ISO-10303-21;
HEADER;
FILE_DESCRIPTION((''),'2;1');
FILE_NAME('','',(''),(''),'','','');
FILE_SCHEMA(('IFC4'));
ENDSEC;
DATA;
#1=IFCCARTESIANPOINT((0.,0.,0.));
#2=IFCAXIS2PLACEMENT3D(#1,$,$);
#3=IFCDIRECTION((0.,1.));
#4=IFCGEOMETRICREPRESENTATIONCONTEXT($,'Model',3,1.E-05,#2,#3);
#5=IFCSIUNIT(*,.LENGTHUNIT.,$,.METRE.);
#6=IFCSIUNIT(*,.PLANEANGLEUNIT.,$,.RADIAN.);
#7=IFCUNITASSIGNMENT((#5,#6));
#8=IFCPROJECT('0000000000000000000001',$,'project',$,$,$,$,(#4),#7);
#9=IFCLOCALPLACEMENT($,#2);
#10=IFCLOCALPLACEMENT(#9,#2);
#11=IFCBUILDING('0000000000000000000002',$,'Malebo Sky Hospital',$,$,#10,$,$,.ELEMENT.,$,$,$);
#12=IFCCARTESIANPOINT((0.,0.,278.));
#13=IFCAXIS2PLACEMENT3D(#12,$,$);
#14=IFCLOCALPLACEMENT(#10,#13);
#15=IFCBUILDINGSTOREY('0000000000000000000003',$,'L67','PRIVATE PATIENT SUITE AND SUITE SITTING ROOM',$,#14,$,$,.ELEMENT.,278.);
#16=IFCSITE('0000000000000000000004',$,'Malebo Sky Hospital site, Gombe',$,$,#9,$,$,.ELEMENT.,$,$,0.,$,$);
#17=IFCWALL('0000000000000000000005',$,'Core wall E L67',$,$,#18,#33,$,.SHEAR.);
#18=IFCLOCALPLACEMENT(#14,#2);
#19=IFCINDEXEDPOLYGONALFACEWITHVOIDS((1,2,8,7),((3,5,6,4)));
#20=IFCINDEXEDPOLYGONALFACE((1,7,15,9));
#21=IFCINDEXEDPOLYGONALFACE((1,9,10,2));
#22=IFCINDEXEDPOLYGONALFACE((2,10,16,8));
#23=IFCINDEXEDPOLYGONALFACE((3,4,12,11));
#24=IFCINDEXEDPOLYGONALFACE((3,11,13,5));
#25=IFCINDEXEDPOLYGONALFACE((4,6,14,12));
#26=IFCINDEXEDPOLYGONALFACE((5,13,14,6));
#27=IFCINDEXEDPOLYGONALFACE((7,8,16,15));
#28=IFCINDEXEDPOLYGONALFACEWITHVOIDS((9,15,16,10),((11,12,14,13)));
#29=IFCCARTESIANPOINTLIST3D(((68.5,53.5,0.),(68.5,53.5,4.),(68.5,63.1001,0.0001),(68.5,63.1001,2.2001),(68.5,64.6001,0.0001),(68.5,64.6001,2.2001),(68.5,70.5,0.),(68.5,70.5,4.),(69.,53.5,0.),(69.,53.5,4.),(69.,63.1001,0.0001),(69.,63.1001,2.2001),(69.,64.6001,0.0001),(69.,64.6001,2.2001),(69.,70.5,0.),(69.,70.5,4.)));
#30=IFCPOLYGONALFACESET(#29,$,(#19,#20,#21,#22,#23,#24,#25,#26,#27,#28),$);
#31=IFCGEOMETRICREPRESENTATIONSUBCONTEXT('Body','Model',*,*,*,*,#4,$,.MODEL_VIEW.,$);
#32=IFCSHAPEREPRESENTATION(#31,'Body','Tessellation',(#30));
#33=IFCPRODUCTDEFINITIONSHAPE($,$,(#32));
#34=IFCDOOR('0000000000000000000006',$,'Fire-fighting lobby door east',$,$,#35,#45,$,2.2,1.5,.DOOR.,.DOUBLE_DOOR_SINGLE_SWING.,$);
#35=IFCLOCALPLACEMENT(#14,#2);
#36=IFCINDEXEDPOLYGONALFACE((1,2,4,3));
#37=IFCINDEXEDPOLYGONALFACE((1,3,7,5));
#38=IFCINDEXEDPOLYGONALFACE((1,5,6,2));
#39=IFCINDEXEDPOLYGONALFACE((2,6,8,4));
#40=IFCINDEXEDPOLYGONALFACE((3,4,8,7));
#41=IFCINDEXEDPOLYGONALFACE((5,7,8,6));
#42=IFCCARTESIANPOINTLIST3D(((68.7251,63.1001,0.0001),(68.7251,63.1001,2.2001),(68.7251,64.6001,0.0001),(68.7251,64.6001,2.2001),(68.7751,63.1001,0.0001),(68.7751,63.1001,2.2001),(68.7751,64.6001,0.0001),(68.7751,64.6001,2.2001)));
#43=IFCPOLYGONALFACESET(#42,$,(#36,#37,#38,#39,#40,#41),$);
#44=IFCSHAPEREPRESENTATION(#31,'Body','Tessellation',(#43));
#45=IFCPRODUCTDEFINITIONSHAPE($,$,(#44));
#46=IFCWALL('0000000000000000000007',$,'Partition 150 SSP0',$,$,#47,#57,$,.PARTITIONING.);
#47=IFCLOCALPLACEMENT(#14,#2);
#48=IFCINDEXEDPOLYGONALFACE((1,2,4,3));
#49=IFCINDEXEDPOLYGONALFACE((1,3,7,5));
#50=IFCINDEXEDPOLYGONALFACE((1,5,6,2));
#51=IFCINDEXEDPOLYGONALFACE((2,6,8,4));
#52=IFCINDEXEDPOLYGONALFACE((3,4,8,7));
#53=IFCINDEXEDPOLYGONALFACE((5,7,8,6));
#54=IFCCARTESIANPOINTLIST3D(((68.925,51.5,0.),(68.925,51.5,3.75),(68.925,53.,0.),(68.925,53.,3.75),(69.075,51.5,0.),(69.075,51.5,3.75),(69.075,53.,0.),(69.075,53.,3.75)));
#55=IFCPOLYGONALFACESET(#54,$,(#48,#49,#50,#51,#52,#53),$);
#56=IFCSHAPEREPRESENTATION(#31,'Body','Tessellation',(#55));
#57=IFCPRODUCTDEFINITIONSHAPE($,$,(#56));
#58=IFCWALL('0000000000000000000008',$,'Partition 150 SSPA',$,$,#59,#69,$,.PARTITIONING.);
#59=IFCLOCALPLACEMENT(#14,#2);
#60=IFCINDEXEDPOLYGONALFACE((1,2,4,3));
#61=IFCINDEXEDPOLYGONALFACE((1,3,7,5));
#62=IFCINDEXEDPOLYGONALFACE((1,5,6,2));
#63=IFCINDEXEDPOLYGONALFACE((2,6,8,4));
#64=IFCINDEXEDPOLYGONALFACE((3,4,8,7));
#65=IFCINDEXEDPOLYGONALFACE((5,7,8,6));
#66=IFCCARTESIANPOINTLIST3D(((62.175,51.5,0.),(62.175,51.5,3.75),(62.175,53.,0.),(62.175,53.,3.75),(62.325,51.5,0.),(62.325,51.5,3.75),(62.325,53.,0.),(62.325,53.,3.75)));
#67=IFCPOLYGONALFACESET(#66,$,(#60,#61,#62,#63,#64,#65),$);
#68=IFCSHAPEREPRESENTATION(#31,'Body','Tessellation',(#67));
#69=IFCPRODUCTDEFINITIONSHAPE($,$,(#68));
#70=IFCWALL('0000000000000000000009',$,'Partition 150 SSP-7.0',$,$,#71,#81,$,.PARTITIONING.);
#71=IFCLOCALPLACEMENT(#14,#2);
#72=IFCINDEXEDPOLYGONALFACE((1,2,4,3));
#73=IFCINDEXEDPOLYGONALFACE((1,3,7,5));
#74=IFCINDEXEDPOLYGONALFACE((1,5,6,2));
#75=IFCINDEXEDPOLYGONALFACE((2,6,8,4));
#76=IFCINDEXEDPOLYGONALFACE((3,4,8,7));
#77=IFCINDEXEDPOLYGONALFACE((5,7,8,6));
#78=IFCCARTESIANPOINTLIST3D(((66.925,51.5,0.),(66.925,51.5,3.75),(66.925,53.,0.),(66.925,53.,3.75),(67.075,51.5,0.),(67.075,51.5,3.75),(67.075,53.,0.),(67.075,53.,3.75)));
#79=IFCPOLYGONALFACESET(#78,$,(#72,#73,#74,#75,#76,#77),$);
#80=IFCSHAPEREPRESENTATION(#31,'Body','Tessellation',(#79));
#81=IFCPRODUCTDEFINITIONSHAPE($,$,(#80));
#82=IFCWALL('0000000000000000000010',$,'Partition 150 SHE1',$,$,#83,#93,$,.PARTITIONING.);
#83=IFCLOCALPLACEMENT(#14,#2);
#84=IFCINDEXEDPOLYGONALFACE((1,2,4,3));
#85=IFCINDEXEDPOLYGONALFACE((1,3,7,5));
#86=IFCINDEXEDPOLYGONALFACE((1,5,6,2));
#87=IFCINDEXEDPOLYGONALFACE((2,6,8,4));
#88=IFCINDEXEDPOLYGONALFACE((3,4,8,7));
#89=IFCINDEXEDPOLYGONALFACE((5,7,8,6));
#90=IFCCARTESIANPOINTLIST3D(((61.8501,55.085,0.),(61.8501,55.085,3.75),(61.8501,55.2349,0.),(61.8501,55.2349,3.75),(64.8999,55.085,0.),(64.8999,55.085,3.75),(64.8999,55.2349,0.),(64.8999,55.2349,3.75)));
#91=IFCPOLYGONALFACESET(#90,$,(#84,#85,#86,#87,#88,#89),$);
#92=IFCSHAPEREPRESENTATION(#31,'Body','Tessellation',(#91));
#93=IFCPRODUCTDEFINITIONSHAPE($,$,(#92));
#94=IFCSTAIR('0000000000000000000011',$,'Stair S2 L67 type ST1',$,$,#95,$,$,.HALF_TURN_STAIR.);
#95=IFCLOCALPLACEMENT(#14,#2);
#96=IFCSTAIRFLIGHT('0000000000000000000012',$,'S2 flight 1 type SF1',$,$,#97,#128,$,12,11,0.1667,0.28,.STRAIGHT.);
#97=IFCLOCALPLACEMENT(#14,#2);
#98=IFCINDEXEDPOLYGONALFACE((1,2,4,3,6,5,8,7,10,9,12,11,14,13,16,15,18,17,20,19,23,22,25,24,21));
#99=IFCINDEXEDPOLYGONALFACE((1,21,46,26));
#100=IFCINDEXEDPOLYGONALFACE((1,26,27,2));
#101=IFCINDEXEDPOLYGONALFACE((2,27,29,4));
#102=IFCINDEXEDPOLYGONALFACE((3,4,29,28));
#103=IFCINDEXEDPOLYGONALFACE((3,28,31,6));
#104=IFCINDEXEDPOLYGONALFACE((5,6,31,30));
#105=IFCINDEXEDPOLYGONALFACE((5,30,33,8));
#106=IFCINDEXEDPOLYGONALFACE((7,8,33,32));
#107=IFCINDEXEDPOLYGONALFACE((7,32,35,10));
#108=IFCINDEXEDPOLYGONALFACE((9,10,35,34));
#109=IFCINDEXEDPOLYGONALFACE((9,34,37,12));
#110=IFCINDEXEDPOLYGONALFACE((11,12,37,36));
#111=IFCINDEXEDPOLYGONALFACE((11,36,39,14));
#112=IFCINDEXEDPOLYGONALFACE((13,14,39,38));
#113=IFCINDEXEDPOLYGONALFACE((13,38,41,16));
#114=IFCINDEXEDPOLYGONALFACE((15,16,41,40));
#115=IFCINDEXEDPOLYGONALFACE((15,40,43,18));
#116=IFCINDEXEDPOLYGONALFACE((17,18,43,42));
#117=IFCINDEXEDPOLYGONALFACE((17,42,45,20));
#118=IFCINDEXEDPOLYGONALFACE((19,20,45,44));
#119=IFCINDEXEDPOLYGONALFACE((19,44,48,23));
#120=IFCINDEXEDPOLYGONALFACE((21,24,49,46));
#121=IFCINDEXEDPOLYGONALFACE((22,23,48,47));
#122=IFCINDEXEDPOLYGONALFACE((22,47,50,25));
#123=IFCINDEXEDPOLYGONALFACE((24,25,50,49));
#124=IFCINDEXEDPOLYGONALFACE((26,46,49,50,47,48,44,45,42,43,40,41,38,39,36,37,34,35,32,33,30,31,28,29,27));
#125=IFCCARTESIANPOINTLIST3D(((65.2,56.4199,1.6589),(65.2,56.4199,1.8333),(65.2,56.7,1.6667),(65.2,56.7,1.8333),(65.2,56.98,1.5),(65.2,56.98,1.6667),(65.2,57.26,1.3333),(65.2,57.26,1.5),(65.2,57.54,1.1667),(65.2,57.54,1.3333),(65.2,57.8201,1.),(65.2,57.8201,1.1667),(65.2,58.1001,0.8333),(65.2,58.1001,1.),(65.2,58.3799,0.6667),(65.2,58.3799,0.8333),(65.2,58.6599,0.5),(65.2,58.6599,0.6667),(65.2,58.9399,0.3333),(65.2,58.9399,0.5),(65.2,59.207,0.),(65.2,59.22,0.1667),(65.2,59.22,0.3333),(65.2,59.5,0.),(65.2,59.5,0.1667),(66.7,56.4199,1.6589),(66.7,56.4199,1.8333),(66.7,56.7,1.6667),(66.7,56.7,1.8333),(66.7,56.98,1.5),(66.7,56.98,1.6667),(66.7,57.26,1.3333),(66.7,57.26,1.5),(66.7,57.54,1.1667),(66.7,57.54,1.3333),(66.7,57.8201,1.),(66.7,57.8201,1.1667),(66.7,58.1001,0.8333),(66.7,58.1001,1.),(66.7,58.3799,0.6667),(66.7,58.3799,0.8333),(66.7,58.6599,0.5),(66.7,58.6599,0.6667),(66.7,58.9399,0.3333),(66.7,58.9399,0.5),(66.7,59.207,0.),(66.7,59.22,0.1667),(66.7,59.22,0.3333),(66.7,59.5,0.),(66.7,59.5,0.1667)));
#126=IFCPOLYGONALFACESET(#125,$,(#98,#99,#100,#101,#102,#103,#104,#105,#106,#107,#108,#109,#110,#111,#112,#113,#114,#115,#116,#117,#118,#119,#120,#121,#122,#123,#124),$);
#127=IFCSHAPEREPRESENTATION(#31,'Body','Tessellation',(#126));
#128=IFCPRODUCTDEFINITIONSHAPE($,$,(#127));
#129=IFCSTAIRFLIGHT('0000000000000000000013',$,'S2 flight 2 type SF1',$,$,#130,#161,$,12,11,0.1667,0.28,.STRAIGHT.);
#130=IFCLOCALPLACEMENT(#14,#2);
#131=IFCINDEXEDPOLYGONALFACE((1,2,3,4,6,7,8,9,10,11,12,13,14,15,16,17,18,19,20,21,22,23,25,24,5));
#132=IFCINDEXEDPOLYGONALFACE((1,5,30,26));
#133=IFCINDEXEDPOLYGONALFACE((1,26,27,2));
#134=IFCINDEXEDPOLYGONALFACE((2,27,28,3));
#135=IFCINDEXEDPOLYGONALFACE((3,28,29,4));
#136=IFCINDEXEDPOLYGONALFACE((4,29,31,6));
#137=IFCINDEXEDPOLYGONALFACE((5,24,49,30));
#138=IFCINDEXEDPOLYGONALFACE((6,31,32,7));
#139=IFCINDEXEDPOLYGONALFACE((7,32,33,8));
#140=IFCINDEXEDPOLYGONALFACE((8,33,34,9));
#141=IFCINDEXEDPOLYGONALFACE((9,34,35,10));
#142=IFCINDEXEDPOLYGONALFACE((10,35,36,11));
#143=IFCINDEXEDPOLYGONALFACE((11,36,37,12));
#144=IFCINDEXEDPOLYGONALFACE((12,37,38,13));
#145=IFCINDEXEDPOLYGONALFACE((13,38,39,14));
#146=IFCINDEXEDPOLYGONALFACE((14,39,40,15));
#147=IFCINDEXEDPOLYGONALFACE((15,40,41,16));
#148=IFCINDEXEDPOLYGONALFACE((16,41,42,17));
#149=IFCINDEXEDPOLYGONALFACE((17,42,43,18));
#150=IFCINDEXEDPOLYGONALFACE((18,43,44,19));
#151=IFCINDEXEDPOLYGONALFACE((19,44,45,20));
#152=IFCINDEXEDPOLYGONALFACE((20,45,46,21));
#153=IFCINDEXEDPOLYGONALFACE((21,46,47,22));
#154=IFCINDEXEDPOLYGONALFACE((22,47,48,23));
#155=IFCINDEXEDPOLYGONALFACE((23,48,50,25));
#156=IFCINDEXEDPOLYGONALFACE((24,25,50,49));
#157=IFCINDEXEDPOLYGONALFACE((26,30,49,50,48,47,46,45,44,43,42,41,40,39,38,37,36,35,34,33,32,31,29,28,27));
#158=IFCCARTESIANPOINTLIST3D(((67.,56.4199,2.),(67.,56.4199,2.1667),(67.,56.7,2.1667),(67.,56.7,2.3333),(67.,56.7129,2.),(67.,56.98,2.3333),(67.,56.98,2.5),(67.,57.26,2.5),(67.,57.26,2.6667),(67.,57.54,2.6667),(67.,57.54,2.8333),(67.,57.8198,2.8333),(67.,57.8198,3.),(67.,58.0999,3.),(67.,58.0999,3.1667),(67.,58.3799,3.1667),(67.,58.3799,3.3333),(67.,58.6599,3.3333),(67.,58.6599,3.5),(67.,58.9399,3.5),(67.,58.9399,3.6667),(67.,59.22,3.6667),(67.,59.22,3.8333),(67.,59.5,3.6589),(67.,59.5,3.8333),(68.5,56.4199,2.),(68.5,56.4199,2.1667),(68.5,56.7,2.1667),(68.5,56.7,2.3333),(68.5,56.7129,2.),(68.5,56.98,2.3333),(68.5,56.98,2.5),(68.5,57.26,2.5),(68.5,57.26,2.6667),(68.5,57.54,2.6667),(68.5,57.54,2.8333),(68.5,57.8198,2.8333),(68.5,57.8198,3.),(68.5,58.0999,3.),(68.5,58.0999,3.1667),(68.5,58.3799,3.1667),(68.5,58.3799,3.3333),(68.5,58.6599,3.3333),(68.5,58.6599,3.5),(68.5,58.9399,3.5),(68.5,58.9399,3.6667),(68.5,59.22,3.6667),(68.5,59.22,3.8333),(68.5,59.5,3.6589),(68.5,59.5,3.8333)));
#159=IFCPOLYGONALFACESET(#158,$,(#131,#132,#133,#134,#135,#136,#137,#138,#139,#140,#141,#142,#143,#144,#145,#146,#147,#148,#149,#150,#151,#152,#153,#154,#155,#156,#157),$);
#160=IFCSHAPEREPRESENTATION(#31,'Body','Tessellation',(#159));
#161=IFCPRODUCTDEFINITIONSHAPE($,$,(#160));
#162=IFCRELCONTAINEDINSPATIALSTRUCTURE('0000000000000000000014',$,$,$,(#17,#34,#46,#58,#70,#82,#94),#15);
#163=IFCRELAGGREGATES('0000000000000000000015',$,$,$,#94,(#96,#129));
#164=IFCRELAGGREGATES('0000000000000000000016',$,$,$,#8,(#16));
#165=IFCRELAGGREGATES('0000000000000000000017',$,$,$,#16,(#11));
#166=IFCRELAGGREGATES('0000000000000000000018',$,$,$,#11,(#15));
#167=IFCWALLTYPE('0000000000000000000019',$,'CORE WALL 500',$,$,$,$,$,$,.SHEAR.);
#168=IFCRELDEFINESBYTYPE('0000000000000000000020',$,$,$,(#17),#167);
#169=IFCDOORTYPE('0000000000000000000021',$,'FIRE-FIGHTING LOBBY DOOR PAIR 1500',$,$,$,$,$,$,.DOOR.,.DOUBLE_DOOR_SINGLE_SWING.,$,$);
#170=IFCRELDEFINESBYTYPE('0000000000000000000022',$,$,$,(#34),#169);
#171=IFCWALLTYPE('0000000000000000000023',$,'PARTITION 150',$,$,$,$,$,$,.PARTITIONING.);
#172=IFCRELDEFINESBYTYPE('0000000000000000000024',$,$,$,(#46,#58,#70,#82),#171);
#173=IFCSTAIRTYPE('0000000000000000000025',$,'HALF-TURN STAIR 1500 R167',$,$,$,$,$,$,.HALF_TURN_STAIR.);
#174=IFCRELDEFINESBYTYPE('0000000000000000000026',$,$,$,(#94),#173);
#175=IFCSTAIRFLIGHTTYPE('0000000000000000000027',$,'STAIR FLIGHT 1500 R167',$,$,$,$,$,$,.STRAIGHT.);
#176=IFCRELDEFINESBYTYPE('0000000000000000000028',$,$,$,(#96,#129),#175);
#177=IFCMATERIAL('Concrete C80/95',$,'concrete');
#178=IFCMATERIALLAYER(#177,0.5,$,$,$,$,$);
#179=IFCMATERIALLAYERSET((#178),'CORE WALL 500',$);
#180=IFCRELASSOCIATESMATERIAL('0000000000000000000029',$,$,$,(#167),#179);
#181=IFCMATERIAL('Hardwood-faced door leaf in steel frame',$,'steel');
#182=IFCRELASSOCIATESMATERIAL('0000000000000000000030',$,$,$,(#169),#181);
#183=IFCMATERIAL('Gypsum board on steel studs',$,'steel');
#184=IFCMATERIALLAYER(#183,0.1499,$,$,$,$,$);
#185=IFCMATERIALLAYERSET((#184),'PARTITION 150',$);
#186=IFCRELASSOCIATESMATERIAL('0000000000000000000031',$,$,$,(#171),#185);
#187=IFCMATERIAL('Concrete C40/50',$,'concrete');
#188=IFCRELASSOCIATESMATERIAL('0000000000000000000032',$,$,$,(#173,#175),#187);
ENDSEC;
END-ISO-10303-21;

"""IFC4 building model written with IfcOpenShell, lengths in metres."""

from ifc_helpers import new_model, si_unit, direction, frame, frame_2d, origin, place, context, subcontext, project, spatial, polyline, rectangle, outline, extrude, material, layer, layer_set, type_object, element, fill, aggregate, save


model = new_model("IFC4")

# Units and contexts
model_context = context("Model", 3, precision=1e-05, world=origin(), true_north=direction((0.0, 1.0)))
body_context = subcontext(model_context, "Body", "Model", "MODEL_VIEW")
ifc_project = project(units=[si_unit("LENGTHUNIT", "METRE"), si_unit("PLANEANGLEUNIT", "RADIAN")], contexts=[model_context])

# Site, building, storey
site_placement = place(None, origin())
site = spatial("IfcSite", under=ifc_project, at=site_placement, Name="Malebo Sky Hospital site, Gombe", CompositionType="ELEMENT", RefElevation=0.0)
building_placement = place(site_placement, origin())
building = spatial("IfcBuilding", under=site, at=building_placement, Name="Malebo Sky Hospital", CompositionType="ELEMENT")
storey_placement = place(building_placement, frame((0.0, 0.0, 278.0)))
storey = spatial("IfcBuildingStorey", under=building, at=storey_placement, Name="L67", Description="PRIVATE PATIENT SUITE AND SUITE SITTING ROOM", CompositionType="ELEMENT", Elevation=278.0)

# Shared definitions
ifc_material_1 = material(Name="Concrete C80/95", Category="concrete")
ifc_material_2 = material(Name="Hardwood-faced door leaf in steel frame", Category="steel")

# Wall, opening, door
ifc_layer_1 = layer(ifc_material_1, 0.5)
ifc_layer_set_1 = layer_set([ifc_layer_1], Name="CORE WALL 500")
wall_type_1 = type_object("IfcWallType", Name="CORE WALL 500", PredefinedType="SHEAR", material=ifc_layer_set_1)
wall_1_placement = place(storey_placement, frame((68.75, 53.5, 0.0), z_axis=(0.0, 0.0, 1.0), x_axis=(0.0, 1.0, 0.0)))
wall_1 = element("IfcWall", 1, at=wall_1_placement, inside=storey, type_object=wall_type_1, Name="Core wall E L67", PredefinedType="SHEAR", context=body_context, shape_type="SweptSolid", body=[
    extrude(rectangle(XDim=17.0, YDim=0.5, at=frame_2d((8.5, 0.0))), origin(), (0.0, 0.0, 1.0), 4.0),
])
opening_1_placement = place(wall_1_placement, frame((9.6001, 0.0, 0.0)))
opening_1 = element("IfcOpeningElement", 2, at=opening_1_placement, cuts=wall_1, PredefinedType="OPENING", context=body_context, shape_type="SweptSolid", body=[
    extrude(rectangle(XDim=1.5, YDim=2.2, at=frame_2d((0.75, 1.1001))), frame((0.0, 0.26, 0.0), z_axis=(0.0, -1.0, 0.0), x_axis=(1.0, 0.0, 0.0)), (0.0, 0.0, 1.0), 0.52),
])
door_type_1 = type_object("IfcDoorType", Name="FIRE-FIGHTING LOBBY DOOR PAIR 1500", OperationType="DOUBLE_DOOR_SINGLE_SWING", PredefinedType="DOOR", material=ifc_material_2)
door_1_placement = place(opening_1_placement, origin())
door_1 = element("IfcDoor", 3, at=door_1_placement, inside=storey, type_object=door_type_1, Name="Fire-fighting lobby door east", OperationType="DOUBLE_DOOR_SINGLE_SWING", OverallHeight=2.2, OverallWidth=1.5, PredefinedType="DOOR", context=body_context, shape_type="SweptSolid", body=[
    extrude(rectangle(XDim=1.5, YDim=2.2, at=frame_2d((0.75, 1.1001))), frame((0.0, 0.0249, 0.0), z_axis=(0.0, -1.0, 0.0), x_axis=(1.0, 0.0, 0.0)), (0.0, 0.0, 1.0), 0.05),
])
fill(opening_1, door_1)

# Walls
ifc_material_3 = material(Name="Gypsum board on steel studs", Category="steel")
ifc_layer_2 = layer(ifc_material_3, 0.1499)
ifc_layer_set_2 = layer_set([ifc_layer_2], Name="PARTITION 150")
wall_type_2 = type_object("IfcWallType", Name="PARTITION 150", PredefinedType="PARTITIONING", material=ifc_layer_set_2)
for number, where, z_axis, x_axis, name in (
    (4, (69.0, 53.0, 0.0), (0.0, 0.0, 1.0), (0.0, -1.0, 0.0), "Partition 150 SSP0"),
    (5, (62.25, 53.0, 0.0), (0.0, 0.0, 1.0), (0.0, -1.0, 0.0), "Partition 150 SSPA"),
    (6, (67.0, 53.0, 0.0), (0.0, 0.0, 1.0), (0.0, -1.0, 0.0), "Partition 150 SSP-7.0"),
):
    element("IfcWall", number, at=place(storey_placement, frame(where, z_axis=z_axis, x_axis=x_axis)), inside=storey, type_object=wall_type_2, Name=name, PredefinedType="PARTITIONING", context=body_context, shape_type="SweptSolid", body=[
        extrude(rectangle(XDim=1.5, YDim=0.1499, at=frame_2d((0.75, 0.0))), origin(), (0.0, 0.0, 1.0), 3.75),
    ])
wall_2_placement = place(storey_placement, frame((61.8501, 55.1599, 0.0), z_axis=(0.0, 0.0, 1.0), x_axis=(1.0, 0.0, 0.0)))
element("IfcWall", 7, at=wall_2_placement, inside=storey, type_object=wall_type_2, Name="Partition 150 SHE1", PredefinedType="PARTITIONING", context=body_context, shape_type="SweptSolid", body=[
    extrude(rectangle(XDim=3.0498, YDim=0.1499, at=frame_2d((1.5249, 0.0))), origin(), (0.0, 0.0, 1.0), 3.75),
])

# Stair, stair flights
ifc_material_4 = material(Name="Concrete C40/50", Category="concrete")
stair_type = type_object("IfcStairType", Name="HALF-TURN STAIR 1500 R167", PredefinedType="HALF_TURN_STAIR", material=ifc_material_4)
stair_placement = place(storey_placement, origin())
stair = element("IfcStair", 8, at=stair_placement, inside=storey, type_object=stair_type, Name="Stair S2 L67 type ST1", PredefinedType="HALF_TURN_STAIR")
stair_flight_type = type_object("IfcStairFlightType", Name="STAIR FLIGHT 1500 R167", PredefinedType="STRAIGHT", material=ifc_material_4)
stair_flight_1_placement = place(storey_placement, frame((65.95, 59.5, 0.0), z_axis=(0.0, 0.0, 1.0), x_axis=(0.0, -1.0, 0.0)))
stair_flight_1 = element("IfcStairFlight", 9, at=stair_flight_1_placement, type_object=stair_flight_type, Name="S2 flight 1 type SF1", NumberOfRisers=12, NumberOfTreads=11, PredefinedType="STRAIGHT", RiserHeight=0.1667, TreadLength=0.28, context=body_context, shape_type="SweptSolid", body=[
    extrude(outline(polyline([(0.0, 0.0), (0.0, 0.1667), (0.28, 0.1667), (0.28, 0.3333), (0.5601, 0.3333), (0.5601, 0.5), (0.8401, 0.5), (0.8401, 0.6667), (1.1201, 0.6667), (1.1201, 0.8333), (1.3999, 0.8333), (1.3999, 1.0), (1.6799, 1.0), (1.6799, 1.1667), (1.96, 1.1667), (1.96, 1.3333), (2.24, 1.3333), (2.24, 1.5), (2.52, 1.5), (2.52, 1.6667), (2.8, 1.6667), (2.8, 1.8333), (3.0801, 1.8333), (3.0801, 2.0), (3.0801, 1.6589), (0.293, 0.0), (0.0, 0.0)])), frame((0.0, 0.75, 0.0), z_axis=(0.0, -1.0, 0.0), x_axis=(1.0, 0.0, 0.0)), (0.0, 0.0, 1.0), 1.5),
])
stair_flight_2_placement = place(storey_placement, frame((67.75, 56.4199, 2.0), z_axis=(0.0, 0.0, 1.0), x_axis=(0.0, 1.0, 0.0)))
stair_flight_2 = element("IfcStairFlight", 10, at=stair_flight_2_placement, type_object=stair_flight_type, Name="S2 flight 2 type SF1", NumberOfRisers=12, NumberOfTreads=11, PredefinedType="STRAIGHT", RiserHeight=0.1667, TreadLength=0.28, context=body_context, shape_type="SweptSolid", body=[
    extrude(outline(polyline([(0.0, 0.0), (0.0, 0.1667), (0.28, 0.1667), (0.28, 0.3333), (0.5601, 0.3333), (0.5601, 0.5), (0.8401, 0.5), (0.8401, 0.6667), (1.1201, 0.6667), (1.1201, 0.8333), (1.3999, 0.8333), (1.3999, 1.0), (1.6799, 1.0), (1.6799, 1.1667), (1.96, 1.1667), (1.96, 1.3333), (2.24, 1.3333), (2.24, 1.5), (2.52, 1.5), (2.52, 1.6667), (2.8, 1.6667), (2.8, 1.8333), (3.0801, 1.8333), (3.0801, 2.0), (3.0801, 1.6589), (0.293, 0.0), (0.0, 0.0)])), frame((0.0, 0.75, 0.0), z_axis=(0.0, -1.0, 0.0), x_axis=(1.0, 0.0, 0.0)), (0.0, 0.0, 1.0), 1.5),
])
aggregate(stair, [stair_flight_1, stair_flight_2])

save(model, "model.ifc")
